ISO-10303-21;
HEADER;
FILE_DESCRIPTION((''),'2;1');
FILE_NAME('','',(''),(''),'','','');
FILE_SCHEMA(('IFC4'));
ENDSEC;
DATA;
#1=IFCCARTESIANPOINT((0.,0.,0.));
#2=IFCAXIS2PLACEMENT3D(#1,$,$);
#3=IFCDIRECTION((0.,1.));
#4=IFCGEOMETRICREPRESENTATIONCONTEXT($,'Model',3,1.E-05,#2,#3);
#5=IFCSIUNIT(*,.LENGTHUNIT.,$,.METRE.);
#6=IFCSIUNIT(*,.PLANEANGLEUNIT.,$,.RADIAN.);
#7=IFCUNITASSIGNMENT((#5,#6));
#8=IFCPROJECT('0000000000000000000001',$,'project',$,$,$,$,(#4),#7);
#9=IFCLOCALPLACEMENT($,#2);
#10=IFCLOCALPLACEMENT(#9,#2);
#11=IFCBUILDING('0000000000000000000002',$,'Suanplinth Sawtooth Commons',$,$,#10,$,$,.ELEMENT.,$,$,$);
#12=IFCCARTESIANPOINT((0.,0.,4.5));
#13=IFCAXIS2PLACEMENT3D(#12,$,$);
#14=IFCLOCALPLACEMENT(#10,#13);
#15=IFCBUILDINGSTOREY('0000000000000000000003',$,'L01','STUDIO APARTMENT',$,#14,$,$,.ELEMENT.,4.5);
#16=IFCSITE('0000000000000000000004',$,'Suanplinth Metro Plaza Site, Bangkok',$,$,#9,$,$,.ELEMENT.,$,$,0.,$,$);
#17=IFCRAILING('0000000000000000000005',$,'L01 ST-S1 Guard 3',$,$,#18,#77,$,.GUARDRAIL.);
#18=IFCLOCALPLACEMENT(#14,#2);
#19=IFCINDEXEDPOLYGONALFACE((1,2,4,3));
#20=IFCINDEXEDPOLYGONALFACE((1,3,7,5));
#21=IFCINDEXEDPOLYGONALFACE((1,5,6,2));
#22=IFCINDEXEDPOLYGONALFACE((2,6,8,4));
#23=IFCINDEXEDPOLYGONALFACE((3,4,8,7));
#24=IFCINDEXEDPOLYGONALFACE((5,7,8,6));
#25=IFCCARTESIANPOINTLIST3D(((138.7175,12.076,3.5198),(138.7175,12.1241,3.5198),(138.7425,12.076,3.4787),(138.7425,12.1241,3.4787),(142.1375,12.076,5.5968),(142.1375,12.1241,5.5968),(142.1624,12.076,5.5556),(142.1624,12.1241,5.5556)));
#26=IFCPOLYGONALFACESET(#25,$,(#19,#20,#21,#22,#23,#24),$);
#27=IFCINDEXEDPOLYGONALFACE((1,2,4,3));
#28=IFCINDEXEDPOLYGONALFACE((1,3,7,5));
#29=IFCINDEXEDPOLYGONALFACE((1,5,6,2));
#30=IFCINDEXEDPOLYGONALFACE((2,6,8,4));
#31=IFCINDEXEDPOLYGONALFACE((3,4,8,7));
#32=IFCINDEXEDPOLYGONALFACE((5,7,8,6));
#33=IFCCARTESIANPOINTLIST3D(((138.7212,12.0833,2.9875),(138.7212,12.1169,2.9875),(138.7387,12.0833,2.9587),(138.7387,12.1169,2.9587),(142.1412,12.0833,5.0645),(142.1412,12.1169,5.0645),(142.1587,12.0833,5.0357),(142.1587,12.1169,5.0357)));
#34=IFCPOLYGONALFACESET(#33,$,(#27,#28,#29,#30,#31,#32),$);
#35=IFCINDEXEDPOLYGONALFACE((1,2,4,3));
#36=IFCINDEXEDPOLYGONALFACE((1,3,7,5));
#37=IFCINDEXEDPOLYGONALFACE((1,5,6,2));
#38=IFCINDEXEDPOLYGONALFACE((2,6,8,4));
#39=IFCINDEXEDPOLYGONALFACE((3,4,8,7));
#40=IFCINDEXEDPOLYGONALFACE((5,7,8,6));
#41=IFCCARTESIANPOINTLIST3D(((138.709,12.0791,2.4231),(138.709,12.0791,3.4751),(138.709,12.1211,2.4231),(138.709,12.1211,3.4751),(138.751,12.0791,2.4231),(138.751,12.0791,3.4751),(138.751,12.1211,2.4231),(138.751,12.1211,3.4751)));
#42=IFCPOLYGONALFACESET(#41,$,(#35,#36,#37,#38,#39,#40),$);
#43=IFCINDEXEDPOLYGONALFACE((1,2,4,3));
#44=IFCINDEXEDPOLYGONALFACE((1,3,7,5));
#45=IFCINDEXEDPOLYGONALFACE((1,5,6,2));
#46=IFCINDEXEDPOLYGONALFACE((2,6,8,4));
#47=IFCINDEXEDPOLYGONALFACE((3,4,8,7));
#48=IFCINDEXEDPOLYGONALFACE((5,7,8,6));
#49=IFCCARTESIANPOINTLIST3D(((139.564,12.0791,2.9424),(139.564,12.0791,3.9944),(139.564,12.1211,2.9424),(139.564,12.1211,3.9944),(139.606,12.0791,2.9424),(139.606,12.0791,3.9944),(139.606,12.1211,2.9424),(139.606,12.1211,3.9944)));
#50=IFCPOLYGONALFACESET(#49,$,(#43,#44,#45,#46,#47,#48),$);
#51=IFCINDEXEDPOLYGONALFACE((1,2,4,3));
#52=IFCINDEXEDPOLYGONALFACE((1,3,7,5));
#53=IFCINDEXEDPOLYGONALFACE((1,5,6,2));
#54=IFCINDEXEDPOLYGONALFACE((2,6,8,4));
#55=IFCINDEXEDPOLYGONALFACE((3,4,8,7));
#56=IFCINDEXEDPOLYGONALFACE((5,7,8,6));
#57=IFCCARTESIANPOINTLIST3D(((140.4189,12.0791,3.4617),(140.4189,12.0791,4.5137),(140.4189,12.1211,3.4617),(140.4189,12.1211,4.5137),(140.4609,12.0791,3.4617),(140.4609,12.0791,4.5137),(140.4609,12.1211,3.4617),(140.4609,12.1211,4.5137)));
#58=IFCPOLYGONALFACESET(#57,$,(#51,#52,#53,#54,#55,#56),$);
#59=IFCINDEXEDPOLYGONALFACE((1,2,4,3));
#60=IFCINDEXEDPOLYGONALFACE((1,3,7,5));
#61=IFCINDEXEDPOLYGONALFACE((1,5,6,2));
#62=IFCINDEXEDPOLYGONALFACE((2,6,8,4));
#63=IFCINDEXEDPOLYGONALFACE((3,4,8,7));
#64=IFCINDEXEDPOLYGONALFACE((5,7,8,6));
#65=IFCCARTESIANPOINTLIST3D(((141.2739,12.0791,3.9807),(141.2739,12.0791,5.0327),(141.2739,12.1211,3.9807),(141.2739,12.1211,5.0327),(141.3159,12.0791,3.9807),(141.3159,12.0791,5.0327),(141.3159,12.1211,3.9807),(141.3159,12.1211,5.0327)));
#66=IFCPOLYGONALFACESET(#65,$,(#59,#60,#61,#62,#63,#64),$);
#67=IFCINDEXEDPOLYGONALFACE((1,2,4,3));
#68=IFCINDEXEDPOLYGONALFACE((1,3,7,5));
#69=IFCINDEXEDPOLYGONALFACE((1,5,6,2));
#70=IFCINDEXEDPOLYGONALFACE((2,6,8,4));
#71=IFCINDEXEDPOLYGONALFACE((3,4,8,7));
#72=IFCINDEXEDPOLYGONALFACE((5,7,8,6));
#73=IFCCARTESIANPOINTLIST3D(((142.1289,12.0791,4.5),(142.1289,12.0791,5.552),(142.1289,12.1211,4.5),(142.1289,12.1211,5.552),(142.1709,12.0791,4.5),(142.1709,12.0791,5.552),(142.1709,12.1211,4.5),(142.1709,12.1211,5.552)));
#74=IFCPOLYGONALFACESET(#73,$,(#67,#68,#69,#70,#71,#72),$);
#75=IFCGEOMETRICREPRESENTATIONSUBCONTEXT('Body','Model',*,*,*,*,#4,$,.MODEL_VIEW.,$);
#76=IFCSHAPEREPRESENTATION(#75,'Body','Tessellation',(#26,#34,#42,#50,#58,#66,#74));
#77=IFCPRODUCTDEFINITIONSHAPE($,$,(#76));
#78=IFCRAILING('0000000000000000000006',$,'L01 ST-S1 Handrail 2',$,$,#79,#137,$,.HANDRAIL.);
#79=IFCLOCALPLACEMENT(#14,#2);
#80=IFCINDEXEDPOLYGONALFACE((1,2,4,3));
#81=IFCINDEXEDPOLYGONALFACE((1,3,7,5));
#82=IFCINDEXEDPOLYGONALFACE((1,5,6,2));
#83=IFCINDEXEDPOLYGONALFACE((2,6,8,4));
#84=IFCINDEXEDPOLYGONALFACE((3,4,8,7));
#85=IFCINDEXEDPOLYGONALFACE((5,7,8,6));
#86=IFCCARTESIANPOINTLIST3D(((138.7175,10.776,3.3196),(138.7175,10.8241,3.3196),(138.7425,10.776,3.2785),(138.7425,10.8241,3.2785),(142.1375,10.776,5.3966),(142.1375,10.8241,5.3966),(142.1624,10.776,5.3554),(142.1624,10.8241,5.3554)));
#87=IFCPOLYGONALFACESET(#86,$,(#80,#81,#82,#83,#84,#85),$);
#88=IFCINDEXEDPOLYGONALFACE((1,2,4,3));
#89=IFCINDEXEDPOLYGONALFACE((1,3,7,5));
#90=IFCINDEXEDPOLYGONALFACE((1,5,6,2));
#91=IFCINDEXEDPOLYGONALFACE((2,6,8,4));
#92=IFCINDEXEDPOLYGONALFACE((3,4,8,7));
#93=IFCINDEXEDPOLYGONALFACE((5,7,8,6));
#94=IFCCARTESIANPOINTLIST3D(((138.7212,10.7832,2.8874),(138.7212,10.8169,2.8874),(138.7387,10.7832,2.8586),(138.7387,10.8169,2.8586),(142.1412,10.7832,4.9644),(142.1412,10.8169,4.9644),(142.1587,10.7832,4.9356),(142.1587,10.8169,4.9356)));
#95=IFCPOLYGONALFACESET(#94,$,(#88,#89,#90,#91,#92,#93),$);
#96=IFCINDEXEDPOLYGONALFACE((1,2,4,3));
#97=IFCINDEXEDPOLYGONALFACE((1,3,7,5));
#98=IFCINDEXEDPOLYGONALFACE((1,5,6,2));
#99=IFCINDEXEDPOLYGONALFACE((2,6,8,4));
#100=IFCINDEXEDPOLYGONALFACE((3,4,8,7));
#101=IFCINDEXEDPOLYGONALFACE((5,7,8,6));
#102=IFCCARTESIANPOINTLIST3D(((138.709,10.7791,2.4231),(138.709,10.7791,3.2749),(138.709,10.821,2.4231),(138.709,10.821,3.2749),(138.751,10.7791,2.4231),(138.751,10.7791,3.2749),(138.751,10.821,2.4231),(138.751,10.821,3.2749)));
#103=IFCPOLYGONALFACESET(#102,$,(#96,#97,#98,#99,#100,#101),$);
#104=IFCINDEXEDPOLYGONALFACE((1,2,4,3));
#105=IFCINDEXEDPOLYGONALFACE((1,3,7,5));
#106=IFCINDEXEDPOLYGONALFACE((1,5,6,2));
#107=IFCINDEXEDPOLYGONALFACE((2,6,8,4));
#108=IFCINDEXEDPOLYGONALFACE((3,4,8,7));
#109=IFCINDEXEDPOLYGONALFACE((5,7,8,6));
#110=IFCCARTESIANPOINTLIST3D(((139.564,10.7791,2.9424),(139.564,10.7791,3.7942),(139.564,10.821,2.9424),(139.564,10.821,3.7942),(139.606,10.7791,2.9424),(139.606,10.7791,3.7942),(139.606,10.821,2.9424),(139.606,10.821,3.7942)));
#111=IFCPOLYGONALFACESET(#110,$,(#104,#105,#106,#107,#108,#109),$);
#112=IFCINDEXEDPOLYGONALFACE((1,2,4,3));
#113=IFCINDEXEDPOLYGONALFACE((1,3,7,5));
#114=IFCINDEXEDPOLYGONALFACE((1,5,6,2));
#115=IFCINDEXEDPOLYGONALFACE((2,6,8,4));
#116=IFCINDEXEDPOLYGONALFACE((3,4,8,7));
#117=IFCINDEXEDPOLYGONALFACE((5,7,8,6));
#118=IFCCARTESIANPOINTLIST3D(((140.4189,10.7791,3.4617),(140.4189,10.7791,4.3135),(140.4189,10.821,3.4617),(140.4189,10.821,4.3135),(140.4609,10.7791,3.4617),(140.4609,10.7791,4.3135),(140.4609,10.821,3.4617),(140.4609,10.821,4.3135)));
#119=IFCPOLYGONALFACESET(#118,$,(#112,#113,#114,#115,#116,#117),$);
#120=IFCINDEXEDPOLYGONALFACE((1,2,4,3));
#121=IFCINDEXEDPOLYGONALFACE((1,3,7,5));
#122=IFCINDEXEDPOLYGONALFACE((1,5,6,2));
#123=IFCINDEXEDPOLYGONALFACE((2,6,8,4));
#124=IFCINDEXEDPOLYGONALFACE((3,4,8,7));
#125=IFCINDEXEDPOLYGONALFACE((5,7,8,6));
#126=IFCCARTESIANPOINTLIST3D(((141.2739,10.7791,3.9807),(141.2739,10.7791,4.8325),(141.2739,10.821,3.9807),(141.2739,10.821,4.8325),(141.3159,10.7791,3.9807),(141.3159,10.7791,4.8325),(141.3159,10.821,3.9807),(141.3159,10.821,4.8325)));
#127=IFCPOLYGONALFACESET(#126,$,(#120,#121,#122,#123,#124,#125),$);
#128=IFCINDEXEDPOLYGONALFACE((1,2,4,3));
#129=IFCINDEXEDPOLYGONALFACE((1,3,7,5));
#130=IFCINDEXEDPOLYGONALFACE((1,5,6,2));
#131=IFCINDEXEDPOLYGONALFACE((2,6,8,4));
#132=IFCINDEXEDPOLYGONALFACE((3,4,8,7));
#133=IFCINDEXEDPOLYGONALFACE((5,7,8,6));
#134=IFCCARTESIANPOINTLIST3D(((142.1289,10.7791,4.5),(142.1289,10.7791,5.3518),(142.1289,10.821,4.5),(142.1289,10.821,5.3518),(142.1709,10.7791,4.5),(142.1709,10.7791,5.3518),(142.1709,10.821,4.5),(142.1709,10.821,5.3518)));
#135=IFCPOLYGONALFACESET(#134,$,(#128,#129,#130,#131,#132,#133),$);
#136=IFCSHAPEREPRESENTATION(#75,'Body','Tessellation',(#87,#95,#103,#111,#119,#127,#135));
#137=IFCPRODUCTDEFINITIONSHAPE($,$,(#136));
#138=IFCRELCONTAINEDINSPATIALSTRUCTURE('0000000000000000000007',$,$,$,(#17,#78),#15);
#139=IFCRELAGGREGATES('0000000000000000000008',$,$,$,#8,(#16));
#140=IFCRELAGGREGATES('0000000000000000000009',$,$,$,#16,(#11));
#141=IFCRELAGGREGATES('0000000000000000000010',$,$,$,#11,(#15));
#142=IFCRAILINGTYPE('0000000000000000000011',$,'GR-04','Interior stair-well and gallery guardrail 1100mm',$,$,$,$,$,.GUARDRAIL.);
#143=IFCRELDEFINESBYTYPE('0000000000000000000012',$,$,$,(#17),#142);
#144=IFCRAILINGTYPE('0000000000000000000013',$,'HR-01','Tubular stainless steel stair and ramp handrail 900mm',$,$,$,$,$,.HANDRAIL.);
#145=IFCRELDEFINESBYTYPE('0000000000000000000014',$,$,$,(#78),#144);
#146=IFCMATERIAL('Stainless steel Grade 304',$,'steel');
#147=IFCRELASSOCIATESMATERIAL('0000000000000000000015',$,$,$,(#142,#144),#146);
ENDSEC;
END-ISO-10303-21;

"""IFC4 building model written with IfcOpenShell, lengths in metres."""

from ifc_helpers import new_model, si_unit, direction, frame, origin, origin_2d, place, context, subcontext, project, spatial, rectangle, extrude, material, type_object, element, save


model = new_model("IFC4")

# Units and contexts
model_context = context("Model", 3, precision=1e-05, world=origin(), true_north=direction((0.0, 1.0)))
body_context = subcontext(model_context, "Body", "Model", "MODEL_VIEW")
ifc_project = project(units=[si_unit("LENGTHUNIT", "METRE"), si_unit("PLANEANGLEUNIT", "RADIAN")], contexts=[model_context])

# Site, building, storey
site_placement = place(None, origin())
site = spatial("IfcSite", under=ifc_project, at=site_placement, Name="Suanplinth Metro Plaza Site, Bangkok", CompositionType="ELEMENT", RefElevation=0.0)
building_placement = place(site_placement, origin())
building = spatial("IfcBuilding", under=site, at=building_placement, Name="Suanplinth Sawtooth Commons", CompositionType="ELEMENT")
storey_placement = place(building_placement, frame((0.0, 0.0, 4.5)))
storey = spatial("IfcBuildingStorey", under=building, at=storey_placement, Name="L01", Description="STUDIO APARTMENT", CompositionType="ELEMENT", Elevation=4.5)

# Shared definitions
ifc_material_1 = material(Name="Stainless steel Grade 304", Category="steel")

# Railings
railing_type_1 = type_object("IfcRailingType", Name="GR-04", Description="Interior stair-well and gallery guardrail 1100mm", PredefinedType="GUARDRAIL", material=ifc_material_1)
railing_1_placement = place(storey_placement, frame((138.73, 12.1001, 2.4231)))
element("IfcRailing", 1, at=railing_1_placement, inside=storey, type_object=railing_type_1, Name="L01 ST-S1 Guard 3", PredefinedType="GUARDRAIL", context=body_context, shape_type="SweptSolid", body=[
    extrude(rectangle(XDim=0.0481, YDim=0.0481, at=origin_2d()), frame((0.0, 0.0, 1.0762), z_axis=(0.85473, 0.0, 0.519074), x_axis=(0.0, 1.0, 0.0)), (0.0, 0.0, 1.0), 4.0012),
    extrude(rectangle(XDim=0.0337, YDim=0.0337, at=origin_2d()), frame((0.0, 0.0, 0.55), z_axis=(0.85473, 0.0, 0.519074), x_axis=(0.0, 1.0, 0.0)), (0.0, 0.0, 1.0), 4.0012),
    extrude(rectangle(XDim=0.042, YDim=0.042, at=origin_2d()), origin(), (0.0, 0.0, 1.0), 1.052),
    extrude(rectangle(XDim=0.042, YDim=0.042, at=origin_2d()), frame((0.855, 0.0, 0.5193)), (0.0, 0.0, 1.0), 1.052),
    extrude(rectangle(XDim=0.042, YDim=0.042, at=origin_2d()), frame((1.71, 0.0, 1.0386)), (0.0, 0.0, 1.0), 1.052),
    extrude(rectangle(XDim=0.042, YDim=0.042, at=origin_2d()), frame((2.5649, 0.0, 1.5576)), (0.0, 0.0, 1.0), 1.052),
    extrude(rectangle(XDim=0.042, YDim=0.042, at=origin_2d()), frame((3.4199, 0.0, 2.0769)), (0.0, 0.0, 1.0), 1.052),
])
railing_type_2 = type_object("IfcRailingType", Name="HR-01", Description="Tubular stainless steel stair and ramp handrail 900mm", PredefinedType="HANDRAIL", material=ifc_material_1)
railing_2_placement = place(storey_placement, frame((138.73, 10.8, 2.4231)))
element("IfcRailing", 2, at=railing_2_placement, inside=storey, type_object=railing_type_2, Name="L01 ST-S1 Handrail 2", PredefinedType="HANDRAIL", context=body_context, shape_type="SweptSolid", body=[
    extrude(rectangle(XDim=0.0481, YDim=0.0481, at=origin_2d()), frame((0.0, 0.0, 0.876), z_axis=(0.85473, 0.0, 0.519074), x_axis=(0.0, 1.0, 0.0)), (0.0, 0.0, 1.0), 4.0012),
    extrude(rectangle(XDim=0.0337, YDim=0.0337, at=origin_2d()), frame((0.0, 0.0, 0.45), z_axis=(0.85473, 0.0, 0.519074), x_axis=(0.0, 1.0, 0.0)), (0.0, 0.0, 1.0), 4.0012),
    extrude(rectangle(XDim=0.042, YDim=0.042, at=origin_2d()), origin(), (0.0, 0.0, 1.0), 0.8518),
    extrude(rectangle(XDim=0.042, YDim=0.042, at=origin_2d()), frame((0.855, 0.0, 0.5193)), (0.0, 0.0, 1.0), 0.8518),
    extrude(rectangle(XDim=0.042, YDim=0.042, at=origin_2d()), frame((1.71, 0.0, 1.0386)), (0.0, 0.0, 1.0), 0.8518),
    extrude(rectangle(XDim=0.042, YDim=0.042, at=origin_2d()), frame((2.5649, 0.0, 1.5576)), (0.0, 0.0, 1.0), 0.8518),
    extrude(rectangle(XDim=0.042, YDim=0.042, at=origin_2d()), frame((3.4199, 0.0, 2.0769)), (0.0, 0.0, 1.0), 0.8518),
])

save(model, "model.ifc")
